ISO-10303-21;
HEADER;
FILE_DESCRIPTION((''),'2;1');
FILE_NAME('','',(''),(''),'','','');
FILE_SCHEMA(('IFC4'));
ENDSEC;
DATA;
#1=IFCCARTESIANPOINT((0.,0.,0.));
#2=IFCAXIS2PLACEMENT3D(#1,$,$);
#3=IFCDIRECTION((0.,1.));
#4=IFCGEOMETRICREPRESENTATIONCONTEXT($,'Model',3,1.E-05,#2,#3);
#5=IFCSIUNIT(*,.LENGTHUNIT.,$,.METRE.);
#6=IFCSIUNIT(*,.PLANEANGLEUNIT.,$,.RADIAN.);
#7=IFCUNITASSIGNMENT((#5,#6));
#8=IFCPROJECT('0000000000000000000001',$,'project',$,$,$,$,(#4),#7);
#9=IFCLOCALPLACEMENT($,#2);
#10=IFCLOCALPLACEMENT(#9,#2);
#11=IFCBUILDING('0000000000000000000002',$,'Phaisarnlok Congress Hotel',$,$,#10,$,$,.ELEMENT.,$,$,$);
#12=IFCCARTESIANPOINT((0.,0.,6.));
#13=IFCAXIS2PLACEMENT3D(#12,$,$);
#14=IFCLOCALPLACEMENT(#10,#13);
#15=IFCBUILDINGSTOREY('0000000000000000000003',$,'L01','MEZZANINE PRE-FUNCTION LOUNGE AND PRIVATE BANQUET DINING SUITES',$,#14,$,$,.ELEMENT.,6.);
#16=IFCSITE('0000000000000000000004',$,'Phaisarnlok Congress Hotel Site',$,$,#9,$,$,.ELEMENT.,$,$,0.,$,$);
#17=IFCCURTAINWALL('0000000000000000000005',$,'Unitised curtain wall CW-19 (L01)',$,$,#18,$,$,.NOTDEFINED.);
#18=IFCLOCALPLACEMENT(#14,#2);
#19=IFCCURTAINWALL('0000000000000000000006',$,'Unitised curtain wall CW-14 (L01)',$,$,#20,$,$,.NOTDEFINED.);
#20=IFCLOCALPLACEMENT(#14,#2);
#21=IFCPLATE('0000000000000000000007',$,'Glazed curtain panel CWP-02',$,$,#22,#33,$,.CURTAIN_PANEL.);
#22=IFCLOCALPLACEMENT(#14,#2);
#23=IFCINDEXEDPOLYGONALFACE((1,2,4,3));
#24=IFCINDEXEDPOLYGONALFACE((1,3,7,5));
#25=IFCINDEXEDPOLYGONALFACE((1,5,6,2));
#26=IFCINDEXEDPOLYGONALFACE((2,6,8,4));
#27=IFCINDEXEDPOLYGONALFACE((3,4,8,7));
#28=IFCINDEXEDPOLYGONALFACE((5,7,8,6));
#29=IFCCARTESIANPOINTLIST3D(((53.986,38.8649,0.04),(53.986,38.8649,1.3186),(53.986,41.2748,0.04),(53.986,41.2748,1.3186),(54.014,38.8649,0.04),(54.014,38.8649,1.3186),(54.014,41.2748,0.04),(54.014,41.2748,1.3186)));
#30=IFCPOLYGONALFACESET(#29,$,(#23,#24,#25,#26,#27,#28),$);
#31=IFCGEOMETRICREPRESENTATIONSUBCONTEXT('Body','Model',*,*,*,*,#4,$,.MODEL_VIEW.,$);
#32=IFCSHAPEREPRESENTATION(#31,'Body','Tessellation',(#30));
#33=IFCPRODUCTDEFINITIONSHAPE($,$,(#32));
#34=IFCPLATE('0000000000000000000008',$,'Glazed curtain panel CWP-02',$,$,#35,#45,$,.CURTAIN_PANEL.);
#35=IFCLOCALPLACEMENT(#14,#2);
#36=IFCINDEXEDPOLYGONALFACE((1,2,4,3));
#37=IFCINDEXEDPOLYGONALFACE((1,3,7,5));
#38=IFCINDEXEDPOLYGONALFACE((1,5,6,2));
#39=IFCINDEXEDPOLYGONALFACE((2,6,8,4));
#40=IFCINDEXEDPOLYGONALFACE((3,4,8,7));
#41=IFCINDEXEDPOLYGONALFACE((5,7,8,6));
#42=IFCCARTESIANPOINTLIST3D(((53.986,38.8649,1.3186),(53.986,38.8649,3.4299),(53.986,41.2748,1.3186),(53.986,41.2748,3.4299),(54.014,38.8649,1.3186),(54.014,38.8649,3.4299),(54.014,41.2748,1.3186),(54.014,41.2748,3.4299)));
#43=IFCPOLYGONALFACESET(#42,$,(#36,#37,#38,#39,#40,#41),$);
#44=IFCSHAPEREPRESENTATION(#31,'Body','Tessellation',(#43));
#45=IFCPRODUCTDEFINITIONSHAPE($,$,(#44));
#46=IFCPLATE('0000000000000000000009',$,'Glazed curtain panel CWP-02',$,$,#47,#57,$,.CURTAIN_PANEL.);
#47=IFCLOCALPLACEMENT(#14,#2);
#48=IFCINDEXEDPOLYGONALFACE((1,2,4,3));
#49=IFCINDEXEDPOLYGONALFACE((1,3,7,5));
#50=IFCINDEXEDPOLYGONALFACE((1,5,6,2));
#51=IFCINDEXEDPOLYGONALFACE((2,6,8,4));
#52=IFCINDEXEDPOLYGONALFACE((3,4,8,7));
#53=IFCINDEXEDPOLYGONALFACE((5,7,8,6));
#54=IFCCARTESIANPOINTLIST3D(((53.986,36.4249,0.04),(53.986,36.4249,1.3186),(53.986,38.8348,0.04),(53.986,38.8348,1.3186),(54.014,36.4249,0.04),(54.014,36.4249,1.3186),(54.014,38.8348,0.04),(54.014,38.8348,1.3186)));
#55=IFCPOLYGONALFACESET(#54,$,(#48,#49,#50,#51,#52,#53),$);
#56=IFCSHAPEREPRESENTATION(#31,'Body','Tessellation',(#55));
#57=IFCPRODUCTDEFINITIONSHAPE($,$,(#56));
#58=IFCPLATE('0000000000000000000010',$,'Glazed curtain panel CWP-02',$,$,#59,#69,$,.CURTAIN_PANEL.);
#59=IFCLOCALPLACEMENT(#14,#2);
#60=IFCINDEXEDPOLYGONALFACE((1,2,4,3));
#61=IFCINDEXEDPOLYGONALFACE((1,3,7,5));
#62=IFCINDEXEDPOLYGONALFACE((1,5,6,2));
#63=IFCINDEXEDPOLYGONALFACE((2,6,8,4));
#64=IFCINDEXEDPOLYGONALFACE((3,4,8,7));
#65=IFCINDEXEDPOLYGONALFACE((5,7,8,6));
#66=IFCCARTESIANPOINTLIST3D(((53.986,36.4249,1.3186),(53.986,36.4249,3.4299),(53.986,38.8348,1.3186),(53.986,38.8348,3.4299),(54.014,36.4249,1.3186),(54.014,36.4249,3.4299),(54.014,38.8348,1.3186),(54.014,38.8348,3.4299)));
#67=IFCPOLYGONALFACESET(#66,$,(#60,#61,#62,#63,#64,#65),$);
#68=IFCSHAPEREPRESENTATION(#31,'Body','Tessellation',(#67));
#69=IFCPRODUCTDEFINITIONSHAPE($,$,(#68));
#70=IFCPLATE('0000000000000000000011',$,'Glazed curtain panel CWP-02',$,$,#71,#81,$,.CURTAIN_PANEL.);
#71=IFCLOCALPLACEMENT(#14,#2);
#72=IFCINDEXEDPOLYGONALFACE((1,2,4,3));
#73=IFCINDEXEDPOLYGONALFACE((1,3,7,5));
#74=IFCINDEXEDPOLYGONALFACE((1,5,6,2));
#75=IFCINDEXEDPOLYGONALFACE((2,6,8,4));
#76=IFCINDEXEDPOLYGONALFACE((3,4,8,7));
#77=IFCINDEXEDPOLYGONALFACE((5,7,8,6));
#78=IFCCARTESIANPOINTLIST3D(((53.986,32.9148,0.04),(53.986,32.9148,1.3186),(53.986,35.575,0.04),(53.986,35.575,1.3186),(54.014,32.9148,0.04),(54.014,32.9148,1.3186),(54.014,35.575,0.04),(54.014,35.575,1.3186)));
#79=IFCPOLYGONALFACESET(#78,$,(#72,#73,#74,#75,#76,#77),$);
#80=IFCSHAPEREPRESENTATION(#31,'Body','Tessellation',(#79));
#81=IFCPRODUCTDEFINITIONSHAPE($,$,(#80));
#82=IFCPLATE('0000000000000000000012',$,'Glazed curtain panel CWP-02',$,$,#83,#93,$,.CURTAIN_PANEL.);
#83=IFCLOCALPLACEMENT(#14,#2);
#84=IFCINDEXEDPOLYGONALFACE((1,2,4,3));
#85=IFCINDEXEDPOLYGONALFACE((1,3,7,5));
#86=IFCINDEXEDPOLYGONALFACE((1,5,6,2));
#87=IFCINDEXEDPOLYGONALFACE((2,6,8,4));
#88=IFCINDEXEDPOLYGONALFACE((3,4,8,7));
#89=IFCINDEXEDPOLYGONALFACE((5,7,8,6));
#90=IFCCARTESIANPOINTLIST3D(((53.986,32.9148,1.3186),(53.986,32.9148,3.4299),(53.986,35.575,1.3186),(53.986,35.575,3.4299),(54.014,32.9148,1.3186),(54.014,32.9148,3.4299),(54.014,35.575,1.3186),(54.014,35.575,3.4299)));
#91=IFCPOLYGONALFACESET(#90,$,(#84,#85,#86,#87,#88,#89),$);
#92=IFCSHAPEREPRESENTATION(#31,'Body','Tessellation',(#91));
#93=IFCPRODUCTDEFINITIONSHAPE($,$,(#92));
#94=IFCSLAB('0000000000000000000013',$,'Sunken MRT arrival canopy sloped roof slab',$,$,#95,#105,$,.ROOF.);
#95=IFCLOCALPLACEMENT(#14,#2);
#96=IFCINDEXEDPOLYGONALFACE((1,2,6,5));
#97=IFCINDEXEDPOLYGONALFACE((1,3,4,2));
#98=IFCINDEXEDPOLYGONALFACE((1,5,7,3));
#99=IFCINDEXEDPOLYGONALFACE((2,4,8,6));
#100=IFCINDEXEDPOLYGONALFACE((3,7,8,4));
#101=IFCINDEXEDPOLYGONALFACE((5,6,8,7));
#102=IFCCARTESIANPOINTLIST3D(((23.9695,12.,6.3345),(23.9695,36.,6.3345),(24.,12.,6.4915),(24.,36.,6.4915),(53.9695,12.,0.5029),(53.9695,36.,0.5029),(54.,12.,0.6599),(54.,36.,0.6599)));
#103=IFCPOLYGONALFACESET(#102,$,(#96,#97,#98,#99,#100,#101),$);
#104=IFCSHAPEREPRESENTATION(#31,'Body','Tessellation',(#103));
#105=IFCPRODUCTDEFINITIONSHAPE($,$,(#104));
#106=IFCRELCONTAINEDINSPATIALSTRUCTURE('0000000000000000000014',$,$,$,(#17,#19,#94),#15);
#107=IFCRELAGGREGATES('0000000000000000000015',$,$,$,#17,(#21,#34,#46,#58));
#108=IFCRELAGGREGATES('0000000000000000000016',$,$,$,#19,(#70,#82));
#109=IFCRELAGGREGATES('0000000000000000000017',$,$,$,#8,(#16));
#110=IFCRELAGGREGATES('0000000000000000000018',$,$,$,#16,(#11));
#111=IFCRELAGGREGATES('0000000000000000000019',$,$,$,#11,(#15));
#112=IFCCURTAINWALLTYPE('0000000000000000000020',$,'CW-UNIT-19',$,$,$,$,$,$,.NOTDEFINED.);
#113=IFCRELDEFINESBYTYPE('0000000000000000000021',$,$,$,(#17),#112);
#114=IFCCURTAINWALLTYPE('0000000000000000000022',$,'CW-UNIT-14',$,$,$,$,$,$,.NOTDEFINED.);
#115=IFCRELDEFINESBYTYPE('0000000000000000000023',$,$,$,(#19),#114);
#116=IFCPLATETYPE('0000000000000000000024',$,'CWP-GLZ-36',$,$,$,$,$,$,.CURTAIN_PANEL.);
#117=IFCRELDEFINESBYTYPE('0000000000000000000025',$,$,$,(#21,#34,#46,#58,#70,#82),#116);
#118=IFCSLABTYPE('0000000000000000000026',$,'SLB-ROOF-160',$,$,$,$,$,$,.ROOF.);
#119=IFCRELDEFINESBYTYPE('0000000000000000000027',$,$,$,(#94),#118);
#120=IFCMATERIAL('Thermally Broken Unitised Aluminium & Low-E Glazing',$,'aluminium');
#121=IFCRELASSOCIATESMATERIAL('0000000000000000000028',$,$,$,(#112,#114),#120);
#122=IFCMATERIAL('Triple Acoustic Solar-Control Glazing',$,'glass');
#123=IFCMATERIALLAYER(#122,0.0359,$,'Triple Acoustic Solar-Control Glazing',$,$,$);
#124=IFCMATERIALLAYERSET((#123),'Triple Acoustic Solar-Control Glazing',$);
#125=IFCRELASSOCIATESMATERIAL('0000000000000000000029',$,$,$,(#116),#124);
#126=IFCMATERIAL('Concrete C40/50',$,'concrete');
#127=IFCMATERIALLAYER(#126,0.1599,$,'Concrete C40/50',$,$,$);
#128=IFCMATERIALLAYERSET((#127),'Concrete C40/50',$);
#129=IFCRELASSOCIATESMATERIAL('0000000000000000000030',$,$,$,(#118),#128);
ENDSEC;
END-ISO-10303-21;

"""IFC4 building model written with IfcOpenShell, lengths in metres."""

from ifc_helpers import new_model, si_unit, direction, frame, frame_2d, origin, place, context, subcontext, project, spatial, polyline, rectangle, outline, extrude, material, layer, layer_set, type_object, element, aggregate, save


model = new_model("IFC4")

# Units and contexts
model_context = context("Model", 3, precision=1e-05, world=origin(), true_north=direction((0.0, 1.0)))
body_context = subcontext(model_context, "Body", "Model", "MODEL_VIEW")
ifc_project = project(units=[si_unit("LENGTHUNIT", "METRE"), si_unit("PLANEANGLEUNIT", "RADIAN")], contexts=[model_context])

# Site, building, storey
site_placement = place(None, origin())
site = spatial("IfcSite", under=ifc_project, at=site_placement, Name="Phaisarnlok Congress Hotel Site", CompositionType="ELEMENT", RefElevation=0.0)
building_placement = place(site_placement, origin())
building = spatial("IfcBuilding", under=site, at=building_placement, Name="Phaisarnlok Congress Hotel", CompositionType="ELEMENT")
storey_placement = place(building_placement, frame((0.0, 0.0, 6.0)))
storey = spatial("IfcBuildingStorey", under=building, at=storey_placement, Name="L01", Description="MEZZANINE PRE-FUNCTION LOUNGE AND PRIVATE BANQUET DINING SUITES", CompositionType="ELEMENT", Elevation=6.0)

# Shared definitions
ifc_material_1 = material(Name="Concrete C40/50", Category="concrete")

# Curtain wall
ifc_material_2 = material(Name="Thermally Broken Unitised Aluminium & Low-E Glazing", Category="aluminium")
curtain_wall_type_1 = type_object("IfcCurtainWallType", Name="CW-UNIT-19", PredefinedType="NOTDEFINED", material=ifc_material_2)
curtain_wall_1_placement = place(storey_placement, origin())
curtain_wall_1 = element("IfcCurtainWall", 1, at=curtain_wall_1_placement, inside=storey, type_object=curtain_wall_type_1, Name="Unitised curtain wall CW-19 (L01)", PredefinedType="NOTDEFINED")

# Curtain wall
curtain_wall_type_2 = type_object("IfcCurtainWallType", Name="CW-UNIT-14", PredefinedType="NOTDEFINED", material=ifc_material_2)
curtain_wall_2_placement = place(storey_placement, origin())
curtain_wall_2 = element("IfcCurtainWall", 2, at=curtain_wall_2_placement, inside=storey, type_object=curtain_wall_type_2, Name="Unitised curtain wall CW-14 (L01)", PredefinedType="NOTDEFINED")

# Plates
ifc_material_3 = material(Name="Triple Acoustic Solar-Control Glazing", Category="glass")
ifc_layer_1 = layer(ifc_material_3, 0.0359, Name="Triple Acoustic Solar-Control Glazing")
ifc_layer_set_1 = layer_set([ifc_layer_1], Name="Triple Acoustic Solar-Control Glazing")
plate_type = type_object("IfcPlateType", Name="CWP-GLZ-36", PredefinedType="CURTAIN_PANEL", material=ifc_layer_set_1)
plate_1_placement = place(storey_placement, frame((54.0, 41.2749, 0.04), z_axis=(0.0, 0.0, 1.0), x_axis=(0.0, -1.0, 0.0)))
plate_1 = element("IfcPlate", 3, at=plate_1_placement, type_object=plate_type, Name="Glazed curtain panel CWP-02", PredefinedType="CURTAIN_PANEL", context=body_context, shape_type="SweptSolid", body=[
    extrude(rectangle(XDim=2.4099, YDim=0.0281, at=frame_2d((1.2051, 0.0))), origin(), (0.0, 0.0, 1.0), 1.2786),
])
plate_2_placement = place(storey_placement, frame((54.0, 41.2749, 1.3186), z_axis=(0.0, 0.0, 1.0), x_axis=(0.0, -1.0, 0.0)))
plate_2 = element("IfcPlate", 4, at=plate_2_placement, type_object=plate_type, Name="Glazed curtain panel CWP-02", PredefinedType="CURTAIN_PANEL", context=body_context, shape_type="SweptSolid", body=[
    extrude(rectangle(XDim=2.4099, YDim=0.0281, at=frame_2d((1.2051, 0.0))), origin(), (0.0, 0.0, 1.0), 2.1113),
])
plate_3_placement = place(storey_placement, frame((54.0, 38.835, 0.04), z_axis=(0.0, 0.0, 1.0), x_axis=(0.0, -1.0, 0.0)))
plate_3 = element("IfcPlate", 5, at=plate_3_placement, type_object=plate_type, Name="Glazed curtain panel CWP-02", PredefinedType="CURTAIN_PANEL", context=body_context, shape_type="SweptSolid", body=[
    extrude(rectangle(XDim=2.4099, YDim=0.0281, at=frame_2d((1.2051, 0.0))), origin(), (0.0, 0.0, 1.0), 1.2786),
])
plate_4_placement = place(storey_placement, frame((54.0, 38.835, 1.3186), z_axis=(0.0, 0.0, 1.0), x_axis=(0.0, -1.0, 0.0)))
plate_4 = element("IfcPlate", 6, at=plate_4_placement, type_object=plate_type, Name="Glazed curtain panel CWP-02", PredefinedType="CURTAIN_PANEL", context=body_context, shape_type="SweptSolid", body=[
    extrude(rectangle(XDim=2.4099, YDim=0.0281, at=frame_2d((1.2051, 0.0))), origin(), (0.0, 0.0, 1.0), 2.1113),
])
aggregate(curtain_wall_1, [plate_1, plate_2, plate_3, plate_4])
plate_5_placement = place(storey_placement, frame((54.0, 35.575, 0.04), z_axis=(0.0, 0.0, 1.0), x_axis=(0.0, -1.0, 0.0)))
plate_5 = element("IfcPlate", 7, at=plate_5_placement, type_object=plate_type, Name="Glazed curtain panel CWP-02", PredefinedType="CURTAIN_PANEL", context=body_context, shape_type="SweptSolid", body=[
    extrude(rectangle(XDim=2.6602, YDim=0.0281, at=frame_2d((1.3301, 0.0))), origin(), (0.0, 0.0, 1.0), 1.2786),
])
plate_6_placement = place(storey_placement, frame((54.0, 35.575, 1.3186), z_axis=(0.0, 0.0, 1.0), x_axis=(0.0, -1.0, 0.0)))
plate_6 = element("IfcPlate", 8, at=plate_6_placement, type_object=plate_type, Name="Glazed curtain panel CWP-02", PredefinedType="CURTAIN_PANEL", context=body_context, shape_type="SweptSolid", body=[
    extrude(rectangle(XDim=2.6602, YDim=0.0281, at=frame_2d((1.3301, 0.0))), origin(), (0.0, 0.0, 1.0), 2.1113),
])
aggregate(curtain_wall_2, [plate_5, plate_6])

# Slab
ifc_layer_2 = layer(ifc_material_1, 0.1599, Name="Concrete C40/50")
ifc_layer_set_2 = layer_set([ifc_layer_2], Name="Concrete C40/50")
slab_type = type_object("IfcSlabType", Name="SLB-ROOF-160", PredefinedType="ROOF", material=ifc_layer_set_2)
slab_placement = place(storey_placement, frame((54.0, 36.0, 0.6599), z_axis=(0.190813, 0.0, 0.981626), x_axis=(0.0, -1.0, 0.0)))
element("IfcSlab", 9, at=slab_placement, inside=storey, type_object=slab_type, Name="Sunken MRT arrival canopy sloped roof slab", PredefinedType="ROOF", context=body_context, shape_type="SweptSolid", body=[
    extrude(outline(polyline([(0.0, 0.0), (24.0, 0.0), (24.0, -30.5615), (0.0, -30.5615), (0.0, 0.0)])), origin(), (0.0, 0.0, -1.0), 0.1599),
])

save(model, "model.ifc")
